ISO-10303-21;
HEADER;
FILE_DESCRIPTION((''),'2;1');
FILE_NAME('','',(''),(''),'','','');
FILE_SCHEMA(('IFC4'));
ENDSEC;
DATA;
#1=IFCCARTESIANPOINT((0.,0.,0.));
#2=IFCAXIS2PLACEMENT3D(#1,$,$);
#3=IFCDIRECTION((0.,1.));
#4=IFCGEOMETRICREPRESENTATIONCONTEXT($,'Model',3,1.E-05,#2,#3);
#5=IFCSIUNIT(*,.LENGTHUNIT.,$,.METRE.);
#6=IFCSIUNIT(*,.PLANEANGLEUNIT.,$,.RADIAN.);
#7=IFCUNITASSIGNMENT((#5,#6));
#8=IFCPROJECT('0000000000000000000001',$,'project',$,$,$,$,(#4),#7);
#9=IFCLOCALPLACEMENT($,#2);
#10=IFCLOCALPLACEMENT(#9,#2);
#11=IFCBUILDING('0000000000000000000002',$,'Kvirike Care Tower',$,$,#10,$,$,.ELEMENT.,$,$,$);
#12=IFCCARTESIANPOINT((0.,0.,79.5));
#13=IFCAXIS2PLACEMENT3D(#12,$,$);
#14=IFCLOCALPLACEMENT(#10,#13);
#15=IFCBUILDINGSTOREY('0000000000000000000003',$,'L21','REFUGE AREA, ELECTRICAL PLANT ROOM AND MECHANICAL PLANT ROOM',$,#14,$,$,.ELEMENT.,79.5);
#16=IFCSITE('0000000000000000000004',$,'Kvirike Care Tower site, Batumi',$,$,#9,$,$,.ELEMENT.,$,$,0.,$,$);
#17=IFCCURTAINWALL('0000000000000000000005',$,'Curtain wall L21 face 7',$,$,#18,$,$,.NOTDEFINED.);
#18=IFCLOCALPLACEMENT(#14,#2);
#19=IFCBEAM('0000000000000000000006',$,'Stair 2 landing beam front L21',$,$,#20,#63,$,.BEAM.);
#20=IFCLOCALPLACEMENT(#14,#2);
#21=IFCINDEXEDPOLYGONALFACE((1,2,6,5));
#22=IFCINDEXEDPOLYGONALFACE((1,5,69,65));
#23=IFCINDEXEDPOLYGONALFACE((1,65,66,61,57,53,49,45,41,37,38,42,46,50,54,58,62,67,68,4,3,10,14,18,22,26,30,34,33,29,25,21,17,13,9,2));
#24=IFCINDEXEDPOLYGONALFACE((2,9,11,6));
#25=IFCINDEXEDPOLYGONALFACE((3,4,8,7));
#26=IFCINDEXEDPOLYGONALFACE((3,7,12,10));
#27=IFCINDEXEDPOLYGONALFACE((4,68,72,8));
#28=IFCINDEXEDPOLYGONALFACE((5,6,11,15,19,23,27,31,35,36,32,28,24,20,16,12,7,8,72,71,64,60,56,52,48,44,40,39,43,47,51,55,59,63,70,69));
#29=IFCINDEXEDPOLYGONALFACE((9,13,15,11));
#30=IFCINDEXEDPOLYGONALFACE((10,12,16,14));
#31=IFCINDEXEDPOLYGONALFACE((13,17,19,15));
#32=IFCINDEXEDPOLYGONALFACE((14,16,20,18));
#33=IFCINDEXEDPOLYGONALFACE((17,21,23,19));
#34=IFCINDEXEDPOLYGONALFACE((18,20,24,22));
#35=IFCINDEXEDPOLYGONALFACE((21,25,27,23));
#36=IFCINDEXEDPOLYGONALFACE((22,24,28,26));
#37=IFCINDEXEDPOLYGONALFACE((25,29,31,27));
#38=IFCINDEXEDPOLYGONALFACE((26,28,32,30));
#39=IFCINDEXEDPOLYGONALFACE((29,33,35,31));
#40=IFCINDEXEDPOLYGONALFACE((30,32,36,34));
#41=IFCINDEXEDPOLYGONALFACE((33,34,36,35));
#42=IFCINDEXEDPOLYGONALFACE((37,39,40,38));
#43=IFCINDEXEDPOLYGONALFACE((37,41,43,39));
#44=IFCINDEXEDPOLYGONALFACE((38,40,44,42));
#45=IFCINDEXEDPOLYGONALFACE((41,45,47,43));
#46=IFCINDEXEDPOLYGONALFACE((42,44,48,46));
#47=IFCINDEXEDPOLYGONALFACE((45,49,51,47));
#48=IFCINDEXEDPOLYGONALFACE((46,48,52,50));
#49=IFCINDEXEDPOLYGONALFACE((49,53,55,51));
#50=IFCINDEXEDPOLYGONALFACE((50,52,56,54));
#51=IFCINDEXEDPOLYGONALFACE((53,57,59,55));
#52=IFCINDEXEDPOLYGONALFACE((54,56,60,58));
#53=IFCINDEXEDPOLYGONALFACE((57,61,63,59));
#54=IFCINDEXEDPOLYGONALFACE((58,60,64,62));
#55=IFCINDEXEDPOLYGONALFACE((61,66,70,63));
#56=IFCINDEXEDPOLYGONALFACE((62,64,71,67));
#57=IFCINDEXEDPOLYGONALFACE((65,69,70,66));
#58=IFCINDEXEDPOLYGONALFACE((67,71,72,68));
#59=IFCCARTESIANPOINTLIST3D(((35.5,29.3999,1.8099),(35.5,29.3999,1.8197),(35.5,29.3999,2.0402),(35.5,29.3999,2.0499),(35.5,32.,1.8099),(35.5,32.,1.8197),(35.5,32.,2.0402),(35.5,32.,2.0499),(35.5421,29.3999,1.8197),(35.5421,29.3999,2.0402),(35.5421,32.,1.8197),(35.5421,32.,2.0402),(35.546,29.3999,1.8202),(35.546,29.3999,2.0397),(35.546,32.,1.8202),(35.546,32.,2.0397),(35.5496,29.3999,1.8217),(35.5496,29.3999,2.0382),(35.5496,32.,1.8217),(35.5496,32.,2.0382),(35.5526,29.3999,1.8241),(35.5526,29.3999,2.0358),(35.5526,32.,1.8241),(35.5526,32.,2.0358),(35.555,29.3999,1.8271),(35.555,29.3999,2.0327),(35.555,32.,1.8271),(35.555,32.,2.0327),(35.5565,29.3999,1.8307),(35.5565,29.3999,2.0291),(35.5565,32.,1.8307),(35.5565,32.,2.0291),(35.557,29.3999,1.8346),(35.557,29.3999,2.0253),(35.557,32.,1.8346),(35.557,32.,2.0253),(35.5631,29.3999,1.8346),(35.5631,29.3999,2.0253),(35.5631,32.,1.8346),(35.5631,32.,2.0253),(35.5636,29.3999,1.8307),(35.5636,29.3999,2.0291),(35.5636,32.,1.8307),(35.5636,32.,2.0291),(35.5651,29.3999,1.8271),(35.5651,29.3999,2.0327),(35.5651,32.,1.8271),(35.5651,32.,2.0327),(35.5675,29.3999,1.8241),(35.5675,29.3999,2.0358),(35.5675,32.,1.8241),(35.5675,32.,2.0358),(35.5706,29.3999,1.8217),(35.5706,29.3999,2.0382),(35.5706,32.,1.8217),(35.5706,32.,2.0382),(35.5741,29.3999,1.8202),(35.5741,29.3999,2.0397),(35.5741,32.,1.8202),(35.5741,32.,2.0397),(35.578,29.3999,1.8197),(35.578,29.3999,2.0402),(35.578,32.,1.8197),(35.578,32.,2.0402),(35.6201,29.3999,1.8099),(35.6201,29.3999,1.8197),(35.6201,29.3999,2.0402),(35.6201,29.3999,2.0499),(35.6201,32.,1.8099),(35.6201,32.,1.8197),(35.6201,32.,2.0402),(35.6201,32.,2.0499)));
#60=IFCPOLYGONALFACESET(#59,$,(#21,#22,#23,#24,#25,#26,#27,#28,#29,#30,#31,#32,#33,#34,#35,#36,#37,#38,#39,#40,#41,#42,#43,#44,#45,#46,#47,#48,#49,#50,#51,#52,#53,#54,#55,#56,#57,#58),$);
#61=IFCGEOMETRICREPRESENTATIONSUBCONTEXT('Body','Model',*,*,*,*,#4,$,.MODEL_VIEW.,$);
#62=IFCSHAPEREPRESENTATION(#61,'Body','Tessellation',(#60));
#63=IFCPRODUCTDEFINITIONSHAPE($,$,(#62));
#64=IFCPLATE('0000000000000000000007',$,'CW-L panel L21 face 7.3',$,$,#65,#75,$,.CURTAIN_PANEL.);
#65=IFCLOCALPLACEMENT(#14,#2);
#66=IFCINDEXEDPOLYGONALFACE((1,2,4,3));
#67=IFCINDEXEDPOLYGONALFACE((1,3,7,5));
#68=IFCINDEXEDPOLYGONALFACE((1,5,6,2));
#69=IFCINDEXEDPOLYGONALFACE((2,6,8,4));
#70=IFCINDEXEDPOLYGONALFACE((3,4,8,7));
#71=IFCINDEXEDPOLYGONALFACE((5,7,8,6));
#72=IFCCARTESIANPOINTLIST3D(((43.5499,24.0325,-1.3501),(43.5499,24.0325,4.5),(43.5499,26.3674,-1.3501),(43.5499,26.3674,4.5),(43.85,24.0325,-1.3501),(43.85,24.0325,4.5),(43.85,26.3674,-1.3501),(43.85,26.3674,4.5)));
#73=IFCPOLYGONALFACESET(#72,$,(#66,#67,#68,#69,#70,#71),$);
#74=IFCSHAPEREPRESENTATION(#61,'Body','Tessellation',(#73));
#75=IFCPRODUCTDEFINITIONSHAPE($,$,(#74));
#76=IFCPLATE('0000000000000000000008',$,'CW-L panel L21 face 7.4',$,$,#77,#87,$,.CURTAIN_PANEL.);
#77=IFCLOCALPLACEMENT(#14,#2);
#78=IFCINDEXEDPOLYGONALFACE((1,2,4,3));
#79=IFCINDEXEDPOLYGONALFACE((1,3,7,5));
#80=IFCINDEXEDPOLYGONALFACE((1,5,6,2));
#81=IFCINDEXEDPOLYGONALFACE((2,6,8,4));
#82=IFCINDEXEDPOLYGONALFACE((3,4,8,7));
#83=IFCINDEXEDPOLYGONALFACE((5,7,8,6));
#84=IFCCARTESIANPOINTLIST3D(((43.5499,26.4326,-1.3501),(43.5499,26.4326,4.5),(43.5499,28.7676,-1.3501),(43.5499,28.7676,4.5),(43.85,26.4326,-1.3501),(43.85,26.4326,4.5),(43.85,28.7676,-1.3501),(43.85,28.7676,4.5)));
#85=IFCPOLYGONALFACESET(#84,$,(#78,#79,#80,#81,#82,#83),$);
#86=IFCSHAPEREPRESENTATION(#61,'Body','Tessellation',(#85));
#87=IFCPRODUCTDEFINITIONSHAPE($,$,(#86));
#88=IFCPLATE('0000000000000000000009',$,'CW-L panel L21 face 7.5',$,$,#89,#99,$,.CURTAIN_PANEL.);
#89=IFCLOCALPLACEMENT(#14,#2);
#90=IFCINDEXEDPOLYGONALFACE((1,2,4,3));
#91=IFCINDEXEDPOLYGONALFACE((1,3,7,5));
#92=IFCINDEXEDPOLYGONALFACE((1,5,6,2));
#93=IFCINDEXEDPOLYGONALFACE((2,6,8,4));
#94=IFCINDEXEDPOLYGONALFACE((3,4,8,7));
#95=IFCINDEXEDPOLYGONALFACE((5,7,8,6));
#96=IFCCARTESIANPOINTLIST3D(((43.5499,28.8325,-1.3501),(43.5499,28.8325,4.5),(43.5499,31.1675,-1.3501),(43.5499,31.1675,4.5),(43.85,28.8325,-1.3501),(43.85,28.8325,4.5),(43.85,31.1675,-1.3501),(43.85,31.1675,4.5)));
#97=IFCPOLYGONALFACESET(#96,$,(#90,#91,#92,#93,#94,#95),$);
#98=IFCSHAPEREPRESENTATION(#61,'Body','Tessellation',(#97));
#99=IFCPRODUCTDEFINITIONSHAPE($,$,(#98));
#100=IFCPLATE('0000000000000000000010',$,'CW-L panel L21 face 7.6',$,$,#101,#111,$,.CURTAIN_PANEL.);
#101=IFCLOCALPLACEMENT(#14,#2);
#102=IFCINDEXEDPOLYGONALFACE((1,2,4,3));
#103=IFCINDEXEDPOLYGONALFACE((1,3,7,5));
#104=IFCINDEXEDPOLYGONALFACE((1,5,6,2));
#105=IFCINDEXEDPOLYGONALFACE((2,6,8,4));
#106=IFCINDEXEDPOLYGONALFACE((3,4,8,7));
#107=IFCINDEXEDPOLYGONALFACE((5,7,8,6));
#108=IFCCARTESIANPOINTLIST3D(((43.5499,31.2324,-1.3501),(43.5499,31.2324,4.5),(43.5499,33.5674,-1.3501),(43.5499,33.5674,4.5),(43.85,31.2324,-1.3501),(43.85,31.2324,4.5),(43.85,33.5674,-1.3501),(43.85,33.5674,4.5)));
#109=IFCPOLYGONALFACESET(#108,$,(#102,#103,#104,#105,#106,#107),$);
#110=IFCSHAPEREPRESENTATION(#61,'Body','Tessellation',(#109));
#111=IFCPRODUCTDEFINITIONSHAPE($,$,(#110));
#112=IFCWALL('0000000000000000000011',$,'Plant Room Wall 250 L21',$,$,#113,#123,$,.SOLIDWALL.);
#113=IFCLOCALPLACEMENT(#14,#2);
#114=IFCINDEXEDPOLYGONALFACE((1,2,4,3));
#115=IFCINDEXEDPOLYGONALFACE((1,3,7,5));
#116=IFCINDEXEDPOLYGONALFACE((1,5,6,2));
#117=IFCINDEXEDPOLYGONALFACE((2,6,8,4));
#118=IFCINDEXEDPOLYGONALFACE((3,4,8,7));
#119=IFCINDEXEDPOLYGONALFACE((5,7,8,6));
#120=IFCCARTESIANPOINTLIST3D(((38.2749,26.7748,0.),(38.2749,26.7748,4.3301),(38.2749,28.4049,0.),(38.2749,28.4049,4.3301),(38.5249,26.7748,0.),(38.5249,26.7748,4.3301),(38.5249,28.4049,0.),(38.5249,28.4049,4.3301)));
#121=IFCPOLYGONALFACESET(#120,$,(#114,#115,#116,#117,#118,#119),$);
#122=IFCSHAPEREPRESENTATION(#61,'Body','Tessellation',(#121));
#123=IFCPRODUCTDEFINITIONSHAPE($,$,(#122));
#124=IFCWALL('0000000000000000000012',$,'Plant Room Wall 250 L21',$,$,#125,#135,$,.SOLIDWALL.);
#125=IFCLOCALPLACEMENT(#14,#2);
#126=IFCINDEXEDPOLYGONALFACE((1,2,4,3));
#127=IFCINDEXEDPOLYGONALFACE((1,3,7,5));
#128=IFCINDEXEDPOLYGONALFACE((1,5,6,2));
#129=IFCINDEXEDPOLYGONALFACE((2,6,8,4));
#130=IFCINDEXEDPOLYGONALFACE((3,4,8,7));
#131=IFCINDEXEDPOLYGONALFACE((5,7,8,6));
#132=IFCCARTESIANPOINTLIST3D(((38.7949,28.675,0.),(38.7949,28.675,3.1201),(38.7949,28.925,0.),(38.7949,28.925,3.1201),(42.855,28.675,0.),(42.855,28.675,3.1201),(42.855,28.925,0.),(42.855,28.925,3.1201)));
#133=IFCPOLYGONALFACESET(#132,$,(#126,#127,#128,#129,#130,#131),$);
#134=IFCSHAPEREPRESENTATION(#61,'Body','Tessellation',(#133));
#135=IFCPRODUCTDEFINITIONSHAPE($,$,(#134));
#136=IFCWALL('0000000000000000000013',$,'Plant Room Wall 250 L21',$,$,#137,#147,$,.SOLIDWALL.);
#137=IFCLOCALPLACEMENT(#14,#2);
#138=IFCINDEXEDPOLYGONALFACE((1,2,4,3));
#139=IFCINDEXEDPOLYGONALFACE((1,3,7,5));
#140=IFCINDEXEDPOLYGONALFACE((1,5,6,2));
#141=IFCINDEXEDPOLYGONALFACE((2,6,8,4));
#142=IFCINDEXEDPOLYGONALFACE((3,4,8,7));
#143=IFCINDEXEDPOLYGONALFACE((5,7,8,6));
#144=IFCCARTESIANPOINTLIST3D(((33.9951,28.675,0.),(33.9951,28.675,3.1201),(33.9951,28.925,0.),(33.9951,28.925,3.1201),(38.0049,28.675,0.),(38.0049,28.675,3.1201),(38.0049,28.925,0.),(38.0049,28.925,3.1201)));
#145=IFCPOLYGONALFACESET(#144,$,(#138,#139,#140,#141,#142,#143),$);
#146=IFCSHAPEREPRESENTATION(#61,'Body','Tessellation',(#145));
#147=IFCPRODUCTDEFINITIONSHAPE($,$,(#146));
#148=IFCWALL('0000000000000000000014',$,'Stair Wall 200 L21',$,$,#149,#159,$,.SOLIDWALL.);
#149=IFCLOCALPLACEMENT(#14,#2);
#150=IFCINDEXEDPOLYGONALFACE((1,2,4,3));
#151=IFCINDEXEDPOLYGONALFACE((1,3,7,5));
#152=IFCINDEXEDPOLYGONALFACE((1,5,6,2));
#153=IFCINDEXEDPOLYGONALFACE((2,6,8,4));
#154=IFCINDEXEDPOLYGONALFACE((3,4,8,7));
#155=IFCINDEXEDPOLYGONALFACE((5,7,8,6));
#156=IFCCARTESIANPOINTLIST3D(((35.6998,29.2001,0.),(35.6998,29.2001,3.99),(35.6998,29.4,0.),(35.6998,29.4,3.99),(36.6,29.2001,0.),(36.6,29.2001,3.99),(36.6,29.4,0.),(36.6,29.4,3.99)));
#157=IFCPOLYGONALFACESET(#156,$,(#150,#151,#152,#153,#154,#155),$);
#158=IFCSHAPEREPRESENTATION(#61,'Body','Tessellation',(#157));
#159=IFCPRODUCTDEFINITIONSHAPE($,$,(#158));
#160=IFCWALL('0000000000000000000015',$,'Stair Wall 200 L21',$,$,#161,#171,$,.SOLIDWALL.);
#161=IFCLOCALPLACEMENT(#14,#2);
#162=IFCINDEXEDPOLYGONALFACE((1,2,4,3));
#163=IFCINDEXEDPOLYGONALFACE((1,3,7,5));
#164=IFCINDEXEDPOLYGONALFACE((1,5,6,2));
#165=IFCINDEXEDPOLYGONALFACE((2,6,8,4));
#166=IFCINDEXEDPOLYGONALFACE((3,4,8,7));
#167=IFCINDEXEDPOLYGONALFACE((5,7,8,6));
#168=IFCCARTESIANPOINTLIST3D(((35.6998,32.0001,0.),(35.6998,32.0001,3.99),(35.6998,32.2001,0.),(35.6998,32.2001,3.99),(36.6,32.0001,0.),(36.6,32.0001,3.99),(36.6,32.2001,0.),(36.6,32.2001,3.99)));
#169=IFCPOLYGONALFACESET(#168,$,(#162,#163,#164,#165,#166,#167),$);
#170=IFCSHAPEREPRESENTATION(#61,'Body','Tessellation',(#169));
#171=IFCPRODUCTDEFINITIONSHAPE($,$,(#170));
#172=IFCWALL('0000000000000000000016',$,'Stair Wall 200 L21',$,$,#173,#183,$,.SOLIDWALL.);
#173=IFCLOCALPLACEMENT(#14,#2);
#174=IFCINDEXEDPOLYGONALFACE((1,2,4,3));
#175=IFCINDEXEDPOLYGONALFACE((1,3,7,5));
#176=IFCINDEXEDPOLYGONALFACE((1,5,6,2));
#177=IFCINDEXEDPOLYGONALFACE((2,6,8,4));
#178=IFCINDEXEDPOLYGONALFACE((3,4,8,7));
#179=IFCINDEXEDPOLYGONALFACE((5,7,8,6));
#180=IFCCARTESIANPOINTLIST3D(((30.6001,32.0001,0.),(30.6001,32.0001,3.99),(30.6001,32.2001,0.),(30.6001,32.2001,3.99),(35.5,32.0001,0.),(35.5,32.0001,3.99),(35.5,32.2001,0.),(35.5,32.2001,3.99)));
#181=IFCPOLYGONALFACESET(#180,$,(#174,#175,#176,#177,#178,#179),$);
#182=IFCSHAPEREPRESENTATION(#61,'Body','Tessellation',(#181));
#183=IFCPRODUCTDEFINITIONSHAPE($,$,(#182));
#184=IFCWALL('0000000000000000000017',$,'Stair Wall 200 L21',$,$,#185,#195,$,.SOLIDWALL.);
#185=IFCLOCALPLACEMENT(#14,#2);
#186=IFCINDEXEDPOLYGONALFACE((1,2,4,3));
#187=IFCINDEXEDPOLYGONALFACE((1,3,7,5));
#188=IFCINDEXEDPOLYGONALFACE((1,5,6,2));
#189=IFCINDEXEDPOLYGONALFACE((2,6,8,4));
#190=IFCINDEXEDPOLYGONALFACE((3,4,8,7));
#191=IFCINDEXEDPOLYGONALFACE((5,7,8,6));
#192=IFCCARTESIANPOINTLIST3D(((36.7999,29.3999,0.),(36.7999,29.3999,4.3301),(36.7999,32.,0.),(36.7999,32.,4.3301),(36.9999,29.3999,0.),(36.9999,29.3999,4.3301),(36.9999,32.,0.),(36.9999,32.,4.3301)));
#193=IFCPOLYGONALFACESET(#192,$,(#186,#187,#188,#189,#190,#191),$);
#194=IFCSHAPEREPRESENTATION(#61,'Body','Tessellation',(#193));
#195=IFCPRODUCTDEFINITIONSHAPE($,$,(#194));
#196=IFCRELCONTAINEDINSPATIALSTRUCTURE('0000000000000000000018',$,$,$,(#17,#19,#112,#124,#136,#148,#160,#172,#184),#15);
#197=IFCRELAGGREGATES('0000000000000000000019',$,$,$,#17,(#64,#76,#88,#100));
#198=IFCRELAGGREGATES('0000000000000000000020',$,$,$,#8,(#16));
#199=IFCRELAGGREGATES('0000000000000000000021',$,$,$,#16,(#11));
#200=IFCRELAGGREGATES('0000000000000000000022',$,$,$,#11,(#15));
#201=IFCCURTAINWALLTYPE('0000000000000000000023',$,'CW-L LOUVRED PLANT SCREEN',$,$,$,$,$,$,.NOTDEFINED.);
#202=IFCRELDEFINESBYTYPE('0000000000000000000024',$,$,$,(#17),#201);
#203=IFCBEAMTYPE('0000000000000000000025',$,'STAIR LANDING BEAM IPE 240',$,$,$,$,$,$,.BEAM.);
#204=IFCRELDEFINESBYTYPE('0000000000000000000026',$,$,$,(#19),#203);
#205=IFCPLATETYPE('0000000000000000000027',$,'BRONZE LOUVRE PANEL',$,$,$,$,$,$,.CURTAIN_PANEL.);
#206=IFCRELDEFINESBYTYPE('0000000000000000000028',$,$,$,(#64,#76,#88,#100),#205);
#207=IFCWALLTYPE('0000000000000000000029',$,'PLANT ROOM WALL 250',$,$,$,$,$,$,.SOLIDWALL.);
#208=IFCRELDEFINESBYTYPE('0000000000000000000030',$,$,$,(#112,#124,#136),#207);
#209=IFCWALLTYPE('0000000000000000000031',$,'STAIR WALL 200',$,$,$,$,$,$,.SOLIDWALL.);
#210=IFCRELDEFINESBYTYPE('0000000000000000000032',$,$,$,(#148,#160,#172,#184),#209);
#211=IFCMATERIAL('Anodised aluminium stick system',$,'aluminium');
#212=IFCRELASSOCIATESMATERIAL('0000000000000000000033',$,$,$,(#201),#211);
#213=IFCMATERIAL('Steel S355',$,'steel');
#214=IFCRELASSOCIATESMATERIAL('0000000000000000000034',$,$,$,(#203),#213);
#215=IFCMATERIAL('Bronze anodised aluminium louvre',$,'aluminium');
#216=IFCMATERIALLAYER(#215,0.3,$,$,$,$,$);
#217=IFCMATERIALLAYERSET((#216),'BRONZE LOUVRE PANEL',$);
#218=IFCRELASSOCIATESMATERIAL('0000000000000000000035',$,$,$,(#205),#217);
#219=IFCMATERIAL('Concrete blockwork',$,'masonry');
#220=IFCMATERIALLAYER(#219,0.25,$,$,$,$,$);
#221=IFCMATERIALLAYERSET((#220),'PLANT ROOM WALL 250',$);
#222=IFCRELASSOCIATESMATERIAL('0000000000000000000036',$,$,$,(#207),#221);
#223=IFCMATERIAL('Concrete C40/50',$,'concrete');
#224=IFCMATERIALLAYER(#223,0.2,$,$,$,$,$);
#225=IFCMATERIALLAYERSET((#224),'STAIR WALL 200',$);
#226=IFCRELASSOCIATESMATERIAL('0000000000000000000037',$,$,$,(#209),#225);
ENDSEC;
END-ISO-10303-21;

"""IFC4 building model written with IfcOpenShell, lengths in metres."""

from ifc_helpers import new_model, si_unit, direction, frame, frame_2d, origin, origin_2d, place, context, subcontext, project, spatial, rectangle, i_section, extrude, material, layer, layer_set, material_profile, profile_set, type_object, element, aggregate, save


model = new_model("IFC4")

# Units and contexts
model_context = context("Model", 3, precision=1e-05, world=origin(), true_north=direction((0.0, 1.0)))
body_context = subcontext(model_context, "Body", "Model", "MODEL_VIEW")
ifc_project = project(units=[si_unit("LENGTHUNIT", "METRE"), si_unit("PLANEANGLEUNIT", "RADIAN")], contexts=[model_context])

# Site, building, storey
site_placement = place(None, origin())
site = spatial("IfcSite", under=ifc_project, at=site_placement, Name="Kvirike Care Tower site, Batumi", CompositionType="ELEMENT", RefElevation=0.0)
building_placement = place(site_placement, origin())
building = spatial("IfcBuilding", under=site, at=building_placement, Name="Kvirike Care Tower", CompositionType="ELEMENT")
storey_placement = place(building_placement, frame((0.0, 0.0, 79.5)))
storey = spatial("IfcBuildingStorey", under=building, at=storey_placement, Name="L21", Description="REFUGE AREA, ELECTRICAL PLANT ROOM AND MECHANICAL PLANT ROOM", CompositionType="ELEMENT", Elevation=79.5)

# Curtain wall
ifc_material_1 = material(Name="Anodised aluminium stick system", Category="aluminium")
curtain_wall_type = type_object("IfcCurtainWallType", Name="CW-L LOUVRED PLANT SCREEN", PredefinedType="NOTDEFINED", material=ifc_material_1)
curtain_wall_placement = place(storey_placement, origin())
curtain_wall = element("IfcCurtainWall", 1, at=curtain_wall_placement, inside=storey, type_object=curtain_wall_type, Name="Curtain wall L21 face 7", PredefinedType="NOTDEFINED")

# Beam
ifc_material_2 = material(Name="Steel S355", Category="steel")
ifc_material_profile_1 = material_profile(ifc_material_2, i_section(OverallWidth=0.1201, OverallDepth=0.24, WebThickness=0.0061, FlangeThickness=0.0098, FilletRadius=0.0149, at=origin_2d()), Name="IPE 240")
ifc_profile_set_1 = profile_set([ifc_material_profile_1], Name="Steel S355")
beam_type_1 = type_object("IfcBeamType", Name="STAIR LANDING BEAM IPE 240", PredefinedType="BEAM", material=ifc_profile_set_1)
for number, where, z_axis, x_axis, name in (
    (2, (35.5601, 29.3999, 1.9299), (0.0, 1.0, 0.0), (-1.0, 0.0, 0.0), "Stair 2 landing beam front L21"),
):
    element("IfcBeam", number, at=place(storey_placement, frame(where, z_axis=z_axis, x_axis=x_axis)), inside=storey, type_object=beam_type_1, Name=name, PredefinedType="BEAM", context=body_context, shape_type="SweptSolid", body=[
        extrude(i_section(OverallWidth=0.1201, OverallDepth=0.24, WebThickness=0.0061, FlangeThickness=0.0098, FilletRadius=0.0149, at=origin_2d()), origin(), (0.0, 0.0, 1.0), 2.6001),
    ])

# Plates
ifc_material_3 = material(Name="Bronze anodised aluminium louvre", Category="aluminium")
ifc_layer_1 = layer(ifc_material_3, 0.3)
ifc_layer_set_1 = layer_set([ifc_layer_1], Name="BRONZE LOUVRE PANEL")
plate_type = type_object("IfcPlateType", Name="BRONZE LOUVRE PANEL", PredefinedType="CURTAIN_PANEL", material=ifc_layer_set_1)
plate_1_placement = place(storey_placement, frame((43.7, 25.2, -1.3501), z_axis=(0.0, 0.0, 1.0), x_axis=(0.0, 1.0, 0.0)))
plate_1 = element("IfcPlate", 3, at=plate_1_placement, type_object=plate_type, Name="CW-L panel L21 face 7.3", PredefinedType="CURTAIN_PANEL", context=body_context, shape_type="SweptSolid", body=[
    extrude(rectangle(XDim=2.335, YDim=0.3, at=origin_2d()), origin(), (0.0, 0.0, 1.0), 5.8501),
])
plate_2_placement = place(storey_placement, frame((43.7, 27.6001, -1.3501), z_axis=(0.0, 0.0, 1.0), x_axis=(0.0, 1.0, 0.0)))
plate_2 = element("IfcPlate", 4, at=plate_2_placement, type_object=plate_type, Name="CW-L panel L21 face 7.4", PredefinedType="CURTAIN_PANEL", context=body_context, shape_type="SweptSolid", body=[
    extrude(rectangle(XDim=2.335, YDim=0.3, at=origin_2d()), origin(), (0.0, 0.0, 1.0), 5.8501),
])
plate_3_placement = place(storey_placement, frame((43.7, 30.0, -1.3501), z_axis=(0.0, 0.0, 1.0), x_axis=(0.0, 1.0, 0.0)))
plate_3 = element("IfcPlate", 5, at=plate_3_placement, type_object=plate_type, Name="CW-L panel L21 face 7.5", PredefinedType="CURTAIN_PANEL", context=body_context, shape_type="SweptSolid", body=[
    extrude(rectangle(XDim=2.335, YDim=0.3, at=origin_2d()), origin(), (0.0, 0.0, 1.0), 5.8501),
])
plate_4_placement = place(storey_placement, frame((43.7, 32.3999, -1.3501), z_axis=(0.0, 0.0, 1.0), x_axis=(0.0, 1.0, 0.0)))
plate_4 = element("IfcPlate", 6, at=plate_4_placement, type_object=plate_type, Name="CW-L panel L21 face 7.6", PredefinedType="CURTAIN_PANEL", context=body_context, shape_type="SweptSolid", body=[
    extrude(rectangle(XDim=2.335, YDim=0.3, at=origin_2d()), origin(), (0.0, 0.0, 1.0), 5.8501),
])
aggregate(curtain_wall, [plate_1, plate_2, plate_3, plate_4])

# Walls
ifc_material_4 = material(Name="Concrete blockwork", Category="masonry")
ifc_layer_2 = layer(ifc_material_4, 0.25)
ifc_layer_set_2 = layer_set([ifc_layer_2], Name="PLANT ROOM WALL 250")
wall_type_1 = type_object("IfcWallType", Name="PLANT ROOM WALL 250", PredefinedType="SOLIDWALL", material=ifc_layer_set_2)
wall_1_placement = place(storey_placement, frame((38.3999, 26.7749, 0.0), z_axis=(0.0, 0.0, 1.0), x_axis=(0.0, 1.0, 0.0)))
element("IfcWall", 7, at=wall_1_placement, inside=storey, type_object=wall_type_1, Name="Plant Room Wall 250 L21", PredefinedType="SOLIDWALL", context=body_context, shape_type="SweptSolid", body=[
    extrude(rectangle(XDim=1.6301, YDim=0.25, at=frame_2d((0.8149, 0.0))), origin(), (0.0, 0.0, 1.0), 4.3301),
])
wall_2_placement = place(storey_placement, frame((42.855, 28.8, 0.0), z_axis=(0.0, 0.0, 1.0), x_axis=(-1.0, 0.0, 0.0)))
element("IfcWall", 8, at=wall_2_placement, inside=storey, type_object=wall_type_1, Name="Plant Room Wall 250 L21", PredefinedType="SOLIDWALL", context=body_context, shape_type="SweptSolid", body=[
    extrude(rectangle(XDim=4.0601, YDim=0.25, at=frame_2d((2.03, 0.0))), origin(), (0.0, 0.0, 1.0), 3.1201),
])
wall_3_placement = place(storey_placement, frame((38.0049, 28.8, 0.0), z_axis=(0.0, 0.0, 1.0), x_axis=(-1.0, 0.0, 0.0)))
element("IfcWall", 9, at=wall_3_placement, inside=storey, type_object=wall_type_1, Name="Plant Room Wall 250 L21", PredefinedType="SOLIDWALL", context=body_context, shape_type="SweptSolid", body=[
    extrude(rectangle(XDim=4.0098, YDim=0.25, at=frame_2d((2.0049, 0.0))), origin(), (0.0, 0.0, 1.0), 3.1201),
])
ifc_material_5 = material(Name="Concrete C40/50", Category="concrete")
ifc_layer_3 = layer(ifc_material_5, 0.2)
ifc_layer_set_3 = layer_set([ifc_layer_3], Name="STAIR WALL 200")
wall_type_2 = type_object("IfcWallType", Name="STAIR WALL 200", PredefinedType="SOLIDWALL", material=ifc_layer_set_3)
for number, where, z_axis, x_axis, name in (
    (10, (36.6001, 29.3, 0.0), (0.0, 0.0, 1.0), (-1.0, 0.0, 0.0), "Stair Wall 200 L21"),
    (11, (36.6001, 32.1001, 0.0), (0.0, 0.0, 1.0), (-1.0, 0.0, 0.0), "Stair Wall 200 L21"),
):
    element("IfcWall", number, at=place(storey_placement, frame(where, z_axis=z_axis, x_axis=x_axis)), inside=storey, type_object=wall_type_2, Name=name, PredefinedType="SOLIDWALL", context=body_context, shape_type="SweptSolid", body=[
        extrude(rectangle(XDim=0.9001, YDim=0.2, at=frame_2d((0.4502, 0.0))), origin(), (0.0, 0.0, 1.0), 3.99),
    ])
wall_4_placement = place(storey_placement, frame((35.5, 32.1001, 0.0), z_axis=(0.0, 0.0, 1.0), x_axis=(-1.0, 0.0, 0.0)))
element("IfcWall", 12, at=wall_4_placement, inside=storey, type_object=wall_type_2, Name="Stair Wall 200 L21", PredefinedType="SOLIDWALL", context=body_context, shape_type="SweptSolid", body=[
    extrude(rectangle(XDim=4.8999, YDim=0.2, at=frame_2d((2.45, 0.0))), origin(), (0.0, 0.0, 1.0), 3.99),
])
wall_5_placement = place(storey_placement, frame((36.8999, 29.3999, 0.0), z_axis=(0.0, 0.0, 1.0), x_axis=(0.0, 1.0, 0.0)))
element("IfcWall", 13, at=wall_5_placement, inside=storey, type_object=wall_type_2, Name="Stair Wall 200 L21", PredefinedType="SOLIDWALL", context=body_context, shape_type="SweptSolid", body=[
    extrude(rectangle(XDim=2.6001, YDim=0.2, at=frame_2d((1.3, 0.0))), origin(), (0.0, 0.0, 1.0), 4.3301),
])

save(model, "model.ifc")
